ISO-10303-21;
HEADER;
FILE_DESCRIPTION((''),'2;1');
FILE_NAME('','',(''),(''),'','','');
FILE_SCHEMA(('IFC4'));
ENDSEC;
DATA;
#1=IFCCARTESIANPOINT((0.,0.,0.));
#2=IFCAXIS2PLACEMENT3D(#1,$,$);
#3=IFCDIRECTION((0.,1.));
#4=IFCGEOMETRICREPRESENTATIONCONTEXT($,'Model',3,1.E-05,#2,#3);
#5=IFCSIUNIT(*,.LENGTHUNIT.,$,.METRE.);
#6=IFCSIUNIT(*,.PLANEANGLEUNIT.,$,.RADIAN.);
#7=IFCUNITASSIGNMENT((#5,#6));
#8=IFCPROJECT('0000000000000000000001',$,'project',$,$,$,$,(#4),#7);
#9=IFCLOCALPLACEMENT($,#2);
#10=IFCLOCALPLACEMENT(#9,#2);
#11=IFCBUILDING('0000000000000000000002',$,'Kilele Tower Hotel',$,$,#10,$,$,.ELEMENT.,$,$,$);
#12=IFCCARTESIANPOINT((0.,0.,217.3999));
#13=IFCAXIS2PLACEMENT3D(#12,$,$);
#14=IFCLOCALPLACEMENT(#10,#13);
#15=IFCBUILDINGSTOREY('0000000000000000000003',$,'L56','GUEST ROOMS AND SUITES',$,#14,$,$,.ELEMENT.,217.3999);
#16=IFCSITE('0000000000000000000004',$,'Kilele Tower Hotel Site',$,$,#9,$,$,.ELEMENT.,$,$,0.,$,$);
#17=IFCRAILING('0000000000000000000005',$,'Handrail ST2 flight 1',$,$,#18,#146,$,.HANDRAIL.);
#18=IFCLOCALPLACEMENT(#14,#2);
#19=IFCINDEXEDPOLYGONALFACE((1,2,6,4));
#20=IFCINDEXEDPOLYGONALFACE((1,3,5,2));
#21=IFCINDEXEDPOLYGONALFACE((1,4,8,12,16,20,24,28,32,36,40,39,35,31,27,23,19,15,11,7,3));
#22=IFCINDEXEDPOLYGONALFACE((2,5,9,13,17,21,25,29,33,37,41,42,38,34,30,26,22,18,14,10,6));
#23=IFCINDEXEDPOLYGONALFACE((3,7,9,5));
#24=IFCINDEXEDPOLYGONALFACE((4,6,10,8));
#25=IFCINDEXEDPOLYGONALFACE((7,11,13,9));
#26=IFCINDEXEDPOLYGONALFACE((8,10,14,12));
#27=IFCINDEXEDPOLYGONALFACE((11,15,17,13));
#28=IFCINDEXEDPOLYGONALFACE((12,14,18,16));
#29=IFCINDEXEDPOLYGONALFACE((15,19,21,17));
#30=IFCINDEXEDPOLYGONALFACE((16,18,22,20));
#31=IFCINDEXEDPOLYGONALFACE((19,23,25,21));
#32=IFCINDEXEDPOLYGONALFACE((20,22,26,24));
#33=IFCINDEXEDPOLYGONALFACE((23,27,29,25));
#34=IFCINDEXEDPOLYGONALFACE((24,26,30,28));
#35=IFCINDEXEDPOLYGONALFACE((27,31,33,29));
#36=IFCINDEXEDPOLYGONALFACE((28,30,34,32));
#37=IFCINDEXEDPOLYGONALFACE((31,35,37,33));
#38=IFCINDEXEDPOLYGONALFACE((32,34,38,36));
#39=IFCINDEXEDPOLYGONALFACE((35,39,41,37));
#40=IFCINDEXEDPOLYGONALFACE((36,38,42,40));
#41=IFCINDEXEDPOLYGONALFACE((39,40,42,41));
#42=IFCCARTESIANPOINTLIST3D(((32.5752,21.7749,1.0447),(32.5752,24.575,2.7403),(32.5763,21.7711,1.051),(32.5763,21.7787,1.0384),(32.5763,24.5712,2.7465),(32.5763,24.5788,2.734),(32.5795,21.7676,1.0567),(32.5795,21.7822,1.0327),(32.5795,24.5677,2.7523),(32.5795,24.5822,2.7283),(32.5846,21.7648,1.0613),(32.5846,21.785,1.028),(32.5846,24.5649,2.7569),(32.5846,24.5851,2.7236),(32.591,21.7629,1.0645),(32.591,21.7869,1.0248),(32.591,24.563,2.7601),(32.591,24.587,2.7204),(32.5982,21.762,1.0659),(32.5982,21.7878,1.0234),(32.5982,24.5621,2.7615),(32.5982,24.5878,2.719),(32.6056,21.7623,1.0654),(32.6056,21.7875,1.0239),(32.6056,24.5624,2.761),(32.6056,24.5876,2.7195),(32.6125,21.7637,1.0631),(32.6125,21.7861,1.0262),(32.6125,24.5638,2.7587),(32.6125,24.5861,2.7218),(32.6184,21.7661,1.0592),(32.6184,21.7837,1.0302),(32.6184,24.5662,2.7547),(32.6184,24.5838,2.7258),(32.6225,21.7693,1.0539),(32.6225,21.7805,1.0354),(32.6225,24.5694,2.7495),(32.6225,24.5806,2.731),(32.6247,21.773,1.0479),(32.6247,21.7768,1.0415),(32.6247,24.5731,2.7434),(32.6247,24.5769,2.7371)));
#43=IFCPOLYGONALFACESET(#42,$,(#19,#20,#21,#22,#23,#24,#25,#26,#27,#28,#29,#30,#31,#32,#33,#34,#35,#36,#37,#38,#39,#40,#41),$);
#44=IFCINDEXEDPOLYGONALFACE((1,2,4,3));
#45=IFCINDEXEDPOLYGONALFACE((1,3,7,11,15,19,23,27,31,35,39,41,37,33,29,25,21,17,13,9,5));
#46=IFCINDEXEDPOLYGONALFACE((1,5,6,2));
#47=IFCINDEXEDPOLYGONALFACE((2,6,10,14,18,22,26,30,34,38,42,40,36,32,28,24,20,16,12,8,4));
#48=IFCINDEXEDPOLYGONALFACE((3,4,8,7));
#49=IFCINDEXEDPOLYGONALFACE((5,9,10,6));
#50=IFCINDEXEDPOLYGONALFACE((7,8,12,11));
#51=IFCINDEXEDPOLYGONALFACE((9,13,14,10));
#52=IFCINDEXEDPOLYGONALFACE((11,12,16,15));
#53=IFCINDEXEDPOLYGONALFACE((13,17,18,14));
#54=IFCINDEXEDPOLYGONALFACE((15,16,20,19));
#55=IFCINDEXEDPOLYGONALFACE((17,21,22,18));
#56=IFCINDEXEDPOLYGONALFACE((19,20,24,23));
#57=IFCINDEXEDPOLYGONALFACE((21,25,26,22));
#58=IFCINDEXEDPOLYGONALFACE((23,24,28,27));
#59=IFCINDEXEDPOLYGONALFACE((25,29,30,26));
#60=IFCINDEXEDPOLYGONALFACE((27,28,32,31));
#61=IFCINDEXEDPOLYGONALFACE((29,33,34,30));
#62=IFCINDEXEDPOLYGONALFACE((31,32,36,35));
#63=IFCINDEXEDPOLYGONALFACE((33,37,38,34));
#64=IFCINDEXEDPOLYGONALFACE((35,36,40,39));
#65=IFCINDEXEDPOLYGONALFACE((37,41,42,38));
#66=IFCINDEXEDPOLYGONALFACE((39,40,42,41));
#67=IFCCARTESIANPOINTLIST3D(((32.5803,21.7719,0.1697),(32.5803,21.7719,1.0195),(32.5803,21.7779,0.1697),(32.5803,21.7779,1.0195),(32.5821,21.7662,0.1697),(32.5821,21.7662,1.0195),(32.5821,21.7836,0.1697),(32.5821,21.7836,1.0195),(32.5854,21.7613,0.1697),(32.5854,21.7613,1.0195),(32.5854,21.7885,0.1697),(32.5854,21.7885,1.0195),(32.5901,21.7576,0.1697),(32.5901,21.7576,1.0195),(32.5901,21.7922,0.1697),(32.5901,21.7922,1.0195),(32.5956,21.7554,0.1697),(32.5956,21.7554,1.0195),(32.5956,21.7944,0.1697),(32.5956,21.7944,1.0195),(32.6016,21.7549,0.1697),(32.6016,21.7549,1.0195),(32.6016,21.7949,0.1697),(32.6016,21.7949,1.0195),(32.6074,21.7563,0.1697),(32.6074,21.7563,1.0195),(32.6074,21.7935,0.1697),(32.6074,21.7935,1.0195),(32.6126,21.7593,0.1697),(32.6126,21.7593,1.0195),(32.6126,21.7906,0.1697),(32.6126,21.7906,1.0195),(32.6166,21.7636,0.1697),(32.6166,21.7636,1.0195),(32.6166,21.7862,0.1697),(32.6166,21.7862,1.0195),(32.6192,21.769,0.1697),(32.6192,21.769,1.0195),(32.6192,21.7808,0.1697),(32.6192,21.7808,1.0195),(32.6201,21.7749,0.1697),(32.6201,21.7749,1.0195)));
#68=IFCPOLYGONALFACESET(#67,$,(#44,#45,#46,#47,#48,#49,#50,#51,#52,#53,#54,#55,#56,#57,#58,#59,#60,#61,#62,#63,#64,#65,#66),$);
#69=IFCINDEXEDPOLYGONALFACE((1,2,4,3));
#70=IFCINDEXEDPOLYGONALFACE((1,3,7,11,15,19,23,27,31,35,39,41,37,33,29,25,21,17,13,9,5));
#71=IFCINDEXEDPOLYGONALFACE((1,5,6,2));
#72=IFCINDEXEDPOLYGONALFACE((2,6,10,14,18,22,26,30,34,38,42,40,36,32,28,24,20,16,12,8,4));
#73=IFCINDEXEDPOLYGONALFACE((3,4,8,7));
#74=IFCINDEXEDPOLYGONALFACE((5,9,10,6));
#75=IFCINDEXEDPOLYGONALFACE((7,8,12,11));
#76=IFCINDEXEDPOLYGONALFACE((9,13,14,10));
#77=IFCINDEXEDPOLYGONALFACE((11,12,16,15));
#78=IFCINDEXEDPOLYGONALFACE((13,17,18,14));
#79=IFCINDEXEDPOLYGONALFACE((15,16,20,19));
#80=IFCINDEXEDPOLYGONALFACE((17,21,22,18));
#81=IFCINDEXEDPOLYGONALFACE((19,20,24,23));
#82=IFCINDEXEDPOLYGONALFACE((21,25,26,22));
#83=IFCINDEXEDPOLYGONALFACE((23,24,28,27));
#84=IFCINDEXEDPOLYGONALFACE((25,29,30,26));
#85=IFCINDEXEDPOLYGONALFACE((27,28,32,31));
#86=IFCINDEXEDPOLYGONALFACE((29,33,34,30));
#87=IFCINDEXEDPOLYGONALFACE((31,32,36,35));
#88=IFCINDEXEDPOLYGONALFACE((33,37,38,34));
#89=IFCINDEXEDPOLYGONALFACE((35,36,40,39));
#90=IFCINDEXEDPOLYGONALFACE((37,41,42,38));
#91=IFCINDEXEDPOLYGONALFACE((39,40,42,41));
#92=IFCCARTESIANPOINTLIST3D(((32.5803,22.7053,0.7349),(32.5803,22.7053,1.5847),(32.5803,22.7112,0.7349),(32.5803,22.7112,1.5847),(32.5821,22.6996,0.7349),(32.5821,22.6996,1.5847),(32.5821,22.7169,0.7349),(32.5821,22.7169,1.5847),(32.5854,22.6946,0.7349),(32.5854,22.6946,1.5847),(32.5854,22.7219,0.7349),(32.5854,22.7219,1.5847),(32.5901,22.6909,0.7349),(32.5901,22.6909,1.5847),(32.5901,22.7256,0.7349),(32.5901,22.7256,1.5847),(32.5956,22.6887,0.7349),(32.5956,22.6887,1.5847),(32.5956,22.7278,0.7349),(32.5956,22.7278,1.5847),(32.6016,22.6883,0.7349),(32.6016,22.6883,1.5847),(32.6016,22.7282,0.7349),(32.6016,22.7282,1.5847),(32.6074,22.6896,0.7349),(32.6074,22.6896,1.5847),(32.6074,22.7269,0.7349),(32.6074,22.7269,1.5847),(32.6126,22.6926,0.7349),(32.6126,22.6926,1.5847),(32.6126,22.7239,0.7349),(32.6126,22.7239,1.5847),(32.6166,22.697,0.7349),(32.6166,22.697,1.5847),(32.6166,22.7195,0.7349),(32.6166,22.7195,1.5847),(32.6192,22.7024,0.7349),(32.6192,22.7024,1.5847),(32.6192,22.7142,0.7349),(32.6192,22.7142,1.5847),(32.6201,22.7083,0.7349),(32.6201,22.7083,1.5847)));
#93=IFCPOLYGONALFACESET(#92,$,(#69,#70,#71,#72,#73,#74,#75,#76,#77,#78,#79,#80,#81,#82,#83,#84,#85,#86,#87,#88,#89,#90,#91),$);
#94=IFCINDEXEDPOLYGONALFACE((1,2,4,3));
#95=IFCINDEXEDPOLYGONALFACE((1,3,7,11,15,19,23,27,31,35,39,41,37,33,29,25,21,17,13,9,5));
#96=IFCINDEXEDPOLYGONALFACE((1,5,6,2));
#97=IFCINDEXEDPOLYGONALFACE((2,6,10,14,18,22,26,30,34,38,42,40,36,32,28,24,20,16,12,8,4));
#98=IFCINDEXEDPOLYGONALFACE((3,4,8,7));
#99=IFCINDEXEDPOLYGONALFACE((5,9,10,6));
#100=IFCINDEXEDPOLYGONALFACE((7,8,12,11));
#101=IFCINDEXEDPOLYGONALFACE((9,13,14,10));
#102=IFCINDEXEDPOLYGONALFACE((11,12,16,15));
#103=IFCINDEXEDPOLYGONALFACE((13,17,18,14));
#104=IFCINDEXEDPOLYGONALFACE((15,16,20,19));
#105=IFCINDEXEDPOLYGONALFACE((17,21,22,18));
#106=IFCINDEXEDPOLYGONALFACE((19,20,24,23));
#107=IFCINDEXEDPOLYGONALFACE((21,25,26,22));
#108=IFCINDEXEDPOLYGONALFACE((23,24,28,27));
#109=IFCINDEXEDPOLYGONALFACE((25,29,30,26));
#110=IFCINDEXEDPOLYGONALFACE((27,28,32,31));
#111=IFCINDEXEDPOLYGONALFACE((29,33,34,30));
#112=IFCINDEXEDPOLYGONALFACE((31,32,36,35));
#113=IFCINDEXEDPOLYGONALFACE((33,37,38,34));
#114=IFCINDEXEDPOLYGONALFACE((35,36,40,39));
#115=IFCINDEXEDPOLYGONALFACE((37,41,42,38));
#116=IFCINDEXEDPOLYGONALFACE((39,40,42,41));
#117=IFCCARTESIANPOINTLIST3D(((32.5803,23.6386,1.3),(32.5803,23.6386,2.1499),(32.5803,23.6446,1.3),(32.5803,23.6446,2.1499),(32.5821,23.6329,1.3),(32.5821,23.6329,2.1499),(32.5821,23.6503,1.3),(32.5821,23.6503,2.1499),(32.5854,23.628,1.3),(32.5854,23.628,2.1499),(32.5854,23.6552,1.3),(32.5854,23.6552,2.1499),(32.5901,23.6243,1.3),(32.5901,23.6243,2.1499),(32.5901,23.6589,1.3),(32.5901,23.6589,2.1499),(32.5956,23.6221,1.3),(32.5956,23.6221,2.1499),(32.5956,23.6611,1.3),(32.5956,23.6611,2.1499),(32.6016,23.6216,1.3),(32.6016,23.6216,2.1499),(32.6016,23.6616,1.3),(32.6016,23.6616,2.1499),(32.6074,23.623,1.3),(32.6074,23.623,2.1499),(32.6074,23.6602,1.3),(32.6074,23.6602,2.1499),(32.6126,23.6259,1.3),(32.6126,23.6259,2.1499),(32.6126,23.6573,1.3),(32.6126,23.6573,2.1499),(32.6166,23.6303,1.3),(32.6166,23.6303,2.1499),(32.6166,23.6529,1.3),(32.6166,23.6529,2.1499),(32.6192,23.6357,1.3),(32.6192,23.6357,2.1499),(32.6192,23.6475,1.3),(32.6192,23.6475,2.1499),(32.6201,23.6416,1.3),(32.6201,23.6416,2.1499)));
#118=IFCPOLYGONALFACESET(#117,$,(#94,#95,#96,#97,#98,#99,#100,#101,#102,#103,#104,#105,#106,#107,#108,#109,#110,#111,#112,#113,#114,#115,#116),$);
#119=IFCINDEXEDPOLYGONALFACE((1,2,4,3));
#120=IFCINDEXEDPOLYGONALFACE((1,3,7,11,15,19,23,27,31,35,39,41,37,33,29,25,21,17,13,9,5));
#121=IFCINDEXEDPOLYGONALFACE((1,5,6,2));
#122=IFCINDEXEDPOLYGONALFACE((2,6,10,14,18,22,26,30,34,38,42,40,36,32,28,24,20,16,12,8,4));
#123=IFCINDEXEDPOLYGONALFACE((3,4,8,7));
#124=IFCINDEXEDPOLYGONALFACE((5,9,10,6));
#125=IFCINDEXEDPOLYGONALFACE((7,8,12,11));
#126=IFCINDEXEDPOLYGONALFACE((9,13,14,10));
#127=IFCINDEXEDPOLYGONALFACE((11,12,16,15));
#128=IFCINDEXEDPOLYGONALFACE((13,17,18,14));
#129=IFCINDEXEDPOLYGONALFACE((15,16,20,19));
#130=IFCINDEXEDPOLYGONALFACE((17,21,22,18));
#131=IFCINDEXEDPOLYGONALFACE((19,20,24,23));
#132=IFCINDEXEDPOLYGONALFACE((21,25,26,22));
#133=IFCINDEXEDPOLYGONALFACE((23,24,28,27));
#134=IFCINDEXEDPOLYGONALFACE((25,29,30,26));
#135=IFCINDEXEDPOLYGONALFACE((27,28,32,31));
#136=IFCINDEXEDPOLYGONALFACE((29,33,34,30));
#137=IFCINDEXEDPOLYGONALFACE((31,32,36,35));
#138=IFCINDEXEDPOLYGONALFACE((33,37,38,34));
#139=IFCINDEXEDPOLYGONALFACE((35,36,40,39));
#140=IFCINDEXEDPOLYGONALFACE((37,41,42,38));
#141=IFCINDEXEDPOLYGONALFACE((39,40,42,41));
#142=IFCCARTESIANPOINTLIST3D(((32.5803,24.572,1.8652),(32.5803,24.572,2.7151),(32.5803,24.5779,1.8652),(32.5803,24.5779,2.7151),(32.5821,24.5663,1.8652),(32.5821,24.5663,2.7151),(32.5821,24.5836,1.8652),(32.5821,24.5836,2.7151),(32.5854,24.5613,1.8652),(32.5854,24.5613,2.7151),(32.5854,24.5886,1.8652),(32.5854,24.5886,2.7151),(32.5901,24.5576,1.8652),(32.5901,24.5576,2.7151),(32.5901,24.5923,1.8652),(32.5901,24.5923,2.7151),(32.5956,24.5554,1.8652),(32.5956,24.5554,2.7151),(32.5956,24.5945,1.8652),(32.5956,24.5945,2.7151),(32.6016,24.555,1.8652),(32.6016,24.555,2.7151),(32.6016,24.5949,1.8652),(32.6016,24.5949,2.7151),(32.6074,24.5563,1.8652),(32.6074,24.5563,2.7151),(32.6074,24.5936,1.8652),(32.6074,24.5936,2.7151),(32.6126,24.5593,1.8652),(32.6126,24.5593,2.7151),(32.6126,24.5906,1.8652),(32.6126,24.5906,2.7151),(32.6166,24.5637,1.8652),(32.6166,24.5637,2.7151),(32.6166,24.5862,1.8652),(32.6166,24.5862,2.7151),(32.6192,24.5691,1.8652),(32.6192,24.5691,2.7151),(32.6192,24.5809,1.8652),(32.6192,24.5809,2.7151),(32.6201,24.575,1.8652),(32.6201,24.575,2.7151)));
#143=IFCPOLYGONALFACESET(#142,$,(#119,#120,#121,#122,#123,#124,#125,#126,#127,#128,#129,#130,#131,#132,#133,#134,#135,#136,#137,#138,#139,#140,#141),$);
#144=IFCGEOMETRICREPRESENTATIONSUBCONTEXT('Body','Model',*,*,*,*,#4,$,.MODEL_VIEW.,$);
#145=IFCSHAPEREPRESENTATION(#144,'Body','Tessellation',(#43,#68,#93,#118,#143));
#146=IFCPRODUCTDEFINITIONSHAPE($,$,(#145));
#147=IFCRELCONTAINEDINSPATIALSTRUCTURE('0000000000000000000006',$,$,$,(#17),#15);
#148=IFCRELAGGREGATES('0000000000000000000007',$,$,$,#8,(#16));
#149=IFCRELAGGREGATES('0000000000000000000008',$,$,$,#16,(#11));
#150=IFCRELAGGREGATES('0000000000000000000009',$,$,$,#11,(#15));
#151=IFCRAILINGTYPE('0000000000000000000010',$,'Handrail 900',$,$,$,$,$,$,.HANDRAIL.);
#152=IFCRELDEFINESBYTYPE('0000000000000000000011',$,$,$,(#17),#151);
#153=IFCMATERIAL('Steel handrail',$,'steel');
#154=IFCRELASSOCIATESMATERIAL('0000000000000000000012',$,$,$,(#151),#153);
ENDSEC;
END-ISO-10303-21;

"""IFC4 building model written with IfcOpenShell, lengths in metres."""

from ifc_helpers import new_model, si_unit, direction, frame, origin, origin_2d, place, context, subcontext, project, spatial, circle, extrude, material, type_object, element, save


model = new_model("IFC4")

# Units and contexts
model_context = context("Model", 3, precision=1e-05, world=origin(), true_north=direction((0.0, 1.0)))
body_context = subcontext(model_context, "Body", "Model", "MODEL_VIEW")
ifc_project = project(units=[si_unit("LENGTHUNIT", "METRE"), si_unit("PLANEANGLEUNIT", "RADIAN")], contexts=[model_context])

# Site, building, storey
site_placement = place(None, origin())
site = spatial("IfcSite", under=ifc_project, at=site_placement, Name="Kilele Tower Hotel Site", CompositionType="ELEMENT", RefElevation=0.0)
building_placement = place(site_placement, origin())
building = spatial("IfcBuilding", under=site, at=building_placement, Name="Kilele Tower Hotel", CompositionType="ELEMENT")
storey_placement = place(building_placement, frame((0.0, 0.0, 217.3999)))
storey = spatial("IfcBuildingStorey", under=building, at=storey_placement, Name="L56", Description="GUEST ROOMS AND SUITES", CompositionType="ELEMENT", Elevation=217.3999)

# Railing
ifc_material_1 = material(Name="Steel handrail", Category="steel")
railing_type_1 = type_object("IfcRailingType", Name="Handrail 900", PredefinedType="HANDRAIL", material=ifc_material_1)
for number, where, name in (
    (1, (32.6001, 21.7749, 0.1697), "Handrail ST2 flight 1"),
):
    element("IfcRailing", number, at=place(storey_placement, frame(where)), inside=storey, type_object=railing_type_1, Name=name, PredefinedType="HANDRAIL", context=body_context, shape_type="SweptSolid", body=[
        extrude(circle(Radius=0.0249, at=origin_2d()), frame((0.0, 0.0, 0.875), z_axis=(0.0, 0.855393, 0.517979), x_axis=(-1.0, 0.0, 0.0)), (0.0, 0.0, 1.0), 3.2734),
        extrude(circle(Radius=0.02, at=origin_2d()), origin(), (0.0, 0.0, 1.0), 0.8499),
        extrude(circle(Radius=0.02, at=origin_2d()), frame((0.0, 0.9333, 0.5652)), (0.0, 0.0, 1.0), 0.8499),
        extrude(circle(Radius=0.02, at=origin_2d()), frame((0.0, 1.8667, 1.1304)), (0.0, 0.0, 1.0), 0.8499),
        extrude(circle(Radius=0.02, at=origin_2d()), frame((0.0, 2.8, 1.6956)), (0.0, 0.0, 1.0), 0.8499),
    ])

save(model, "model.ifc")
